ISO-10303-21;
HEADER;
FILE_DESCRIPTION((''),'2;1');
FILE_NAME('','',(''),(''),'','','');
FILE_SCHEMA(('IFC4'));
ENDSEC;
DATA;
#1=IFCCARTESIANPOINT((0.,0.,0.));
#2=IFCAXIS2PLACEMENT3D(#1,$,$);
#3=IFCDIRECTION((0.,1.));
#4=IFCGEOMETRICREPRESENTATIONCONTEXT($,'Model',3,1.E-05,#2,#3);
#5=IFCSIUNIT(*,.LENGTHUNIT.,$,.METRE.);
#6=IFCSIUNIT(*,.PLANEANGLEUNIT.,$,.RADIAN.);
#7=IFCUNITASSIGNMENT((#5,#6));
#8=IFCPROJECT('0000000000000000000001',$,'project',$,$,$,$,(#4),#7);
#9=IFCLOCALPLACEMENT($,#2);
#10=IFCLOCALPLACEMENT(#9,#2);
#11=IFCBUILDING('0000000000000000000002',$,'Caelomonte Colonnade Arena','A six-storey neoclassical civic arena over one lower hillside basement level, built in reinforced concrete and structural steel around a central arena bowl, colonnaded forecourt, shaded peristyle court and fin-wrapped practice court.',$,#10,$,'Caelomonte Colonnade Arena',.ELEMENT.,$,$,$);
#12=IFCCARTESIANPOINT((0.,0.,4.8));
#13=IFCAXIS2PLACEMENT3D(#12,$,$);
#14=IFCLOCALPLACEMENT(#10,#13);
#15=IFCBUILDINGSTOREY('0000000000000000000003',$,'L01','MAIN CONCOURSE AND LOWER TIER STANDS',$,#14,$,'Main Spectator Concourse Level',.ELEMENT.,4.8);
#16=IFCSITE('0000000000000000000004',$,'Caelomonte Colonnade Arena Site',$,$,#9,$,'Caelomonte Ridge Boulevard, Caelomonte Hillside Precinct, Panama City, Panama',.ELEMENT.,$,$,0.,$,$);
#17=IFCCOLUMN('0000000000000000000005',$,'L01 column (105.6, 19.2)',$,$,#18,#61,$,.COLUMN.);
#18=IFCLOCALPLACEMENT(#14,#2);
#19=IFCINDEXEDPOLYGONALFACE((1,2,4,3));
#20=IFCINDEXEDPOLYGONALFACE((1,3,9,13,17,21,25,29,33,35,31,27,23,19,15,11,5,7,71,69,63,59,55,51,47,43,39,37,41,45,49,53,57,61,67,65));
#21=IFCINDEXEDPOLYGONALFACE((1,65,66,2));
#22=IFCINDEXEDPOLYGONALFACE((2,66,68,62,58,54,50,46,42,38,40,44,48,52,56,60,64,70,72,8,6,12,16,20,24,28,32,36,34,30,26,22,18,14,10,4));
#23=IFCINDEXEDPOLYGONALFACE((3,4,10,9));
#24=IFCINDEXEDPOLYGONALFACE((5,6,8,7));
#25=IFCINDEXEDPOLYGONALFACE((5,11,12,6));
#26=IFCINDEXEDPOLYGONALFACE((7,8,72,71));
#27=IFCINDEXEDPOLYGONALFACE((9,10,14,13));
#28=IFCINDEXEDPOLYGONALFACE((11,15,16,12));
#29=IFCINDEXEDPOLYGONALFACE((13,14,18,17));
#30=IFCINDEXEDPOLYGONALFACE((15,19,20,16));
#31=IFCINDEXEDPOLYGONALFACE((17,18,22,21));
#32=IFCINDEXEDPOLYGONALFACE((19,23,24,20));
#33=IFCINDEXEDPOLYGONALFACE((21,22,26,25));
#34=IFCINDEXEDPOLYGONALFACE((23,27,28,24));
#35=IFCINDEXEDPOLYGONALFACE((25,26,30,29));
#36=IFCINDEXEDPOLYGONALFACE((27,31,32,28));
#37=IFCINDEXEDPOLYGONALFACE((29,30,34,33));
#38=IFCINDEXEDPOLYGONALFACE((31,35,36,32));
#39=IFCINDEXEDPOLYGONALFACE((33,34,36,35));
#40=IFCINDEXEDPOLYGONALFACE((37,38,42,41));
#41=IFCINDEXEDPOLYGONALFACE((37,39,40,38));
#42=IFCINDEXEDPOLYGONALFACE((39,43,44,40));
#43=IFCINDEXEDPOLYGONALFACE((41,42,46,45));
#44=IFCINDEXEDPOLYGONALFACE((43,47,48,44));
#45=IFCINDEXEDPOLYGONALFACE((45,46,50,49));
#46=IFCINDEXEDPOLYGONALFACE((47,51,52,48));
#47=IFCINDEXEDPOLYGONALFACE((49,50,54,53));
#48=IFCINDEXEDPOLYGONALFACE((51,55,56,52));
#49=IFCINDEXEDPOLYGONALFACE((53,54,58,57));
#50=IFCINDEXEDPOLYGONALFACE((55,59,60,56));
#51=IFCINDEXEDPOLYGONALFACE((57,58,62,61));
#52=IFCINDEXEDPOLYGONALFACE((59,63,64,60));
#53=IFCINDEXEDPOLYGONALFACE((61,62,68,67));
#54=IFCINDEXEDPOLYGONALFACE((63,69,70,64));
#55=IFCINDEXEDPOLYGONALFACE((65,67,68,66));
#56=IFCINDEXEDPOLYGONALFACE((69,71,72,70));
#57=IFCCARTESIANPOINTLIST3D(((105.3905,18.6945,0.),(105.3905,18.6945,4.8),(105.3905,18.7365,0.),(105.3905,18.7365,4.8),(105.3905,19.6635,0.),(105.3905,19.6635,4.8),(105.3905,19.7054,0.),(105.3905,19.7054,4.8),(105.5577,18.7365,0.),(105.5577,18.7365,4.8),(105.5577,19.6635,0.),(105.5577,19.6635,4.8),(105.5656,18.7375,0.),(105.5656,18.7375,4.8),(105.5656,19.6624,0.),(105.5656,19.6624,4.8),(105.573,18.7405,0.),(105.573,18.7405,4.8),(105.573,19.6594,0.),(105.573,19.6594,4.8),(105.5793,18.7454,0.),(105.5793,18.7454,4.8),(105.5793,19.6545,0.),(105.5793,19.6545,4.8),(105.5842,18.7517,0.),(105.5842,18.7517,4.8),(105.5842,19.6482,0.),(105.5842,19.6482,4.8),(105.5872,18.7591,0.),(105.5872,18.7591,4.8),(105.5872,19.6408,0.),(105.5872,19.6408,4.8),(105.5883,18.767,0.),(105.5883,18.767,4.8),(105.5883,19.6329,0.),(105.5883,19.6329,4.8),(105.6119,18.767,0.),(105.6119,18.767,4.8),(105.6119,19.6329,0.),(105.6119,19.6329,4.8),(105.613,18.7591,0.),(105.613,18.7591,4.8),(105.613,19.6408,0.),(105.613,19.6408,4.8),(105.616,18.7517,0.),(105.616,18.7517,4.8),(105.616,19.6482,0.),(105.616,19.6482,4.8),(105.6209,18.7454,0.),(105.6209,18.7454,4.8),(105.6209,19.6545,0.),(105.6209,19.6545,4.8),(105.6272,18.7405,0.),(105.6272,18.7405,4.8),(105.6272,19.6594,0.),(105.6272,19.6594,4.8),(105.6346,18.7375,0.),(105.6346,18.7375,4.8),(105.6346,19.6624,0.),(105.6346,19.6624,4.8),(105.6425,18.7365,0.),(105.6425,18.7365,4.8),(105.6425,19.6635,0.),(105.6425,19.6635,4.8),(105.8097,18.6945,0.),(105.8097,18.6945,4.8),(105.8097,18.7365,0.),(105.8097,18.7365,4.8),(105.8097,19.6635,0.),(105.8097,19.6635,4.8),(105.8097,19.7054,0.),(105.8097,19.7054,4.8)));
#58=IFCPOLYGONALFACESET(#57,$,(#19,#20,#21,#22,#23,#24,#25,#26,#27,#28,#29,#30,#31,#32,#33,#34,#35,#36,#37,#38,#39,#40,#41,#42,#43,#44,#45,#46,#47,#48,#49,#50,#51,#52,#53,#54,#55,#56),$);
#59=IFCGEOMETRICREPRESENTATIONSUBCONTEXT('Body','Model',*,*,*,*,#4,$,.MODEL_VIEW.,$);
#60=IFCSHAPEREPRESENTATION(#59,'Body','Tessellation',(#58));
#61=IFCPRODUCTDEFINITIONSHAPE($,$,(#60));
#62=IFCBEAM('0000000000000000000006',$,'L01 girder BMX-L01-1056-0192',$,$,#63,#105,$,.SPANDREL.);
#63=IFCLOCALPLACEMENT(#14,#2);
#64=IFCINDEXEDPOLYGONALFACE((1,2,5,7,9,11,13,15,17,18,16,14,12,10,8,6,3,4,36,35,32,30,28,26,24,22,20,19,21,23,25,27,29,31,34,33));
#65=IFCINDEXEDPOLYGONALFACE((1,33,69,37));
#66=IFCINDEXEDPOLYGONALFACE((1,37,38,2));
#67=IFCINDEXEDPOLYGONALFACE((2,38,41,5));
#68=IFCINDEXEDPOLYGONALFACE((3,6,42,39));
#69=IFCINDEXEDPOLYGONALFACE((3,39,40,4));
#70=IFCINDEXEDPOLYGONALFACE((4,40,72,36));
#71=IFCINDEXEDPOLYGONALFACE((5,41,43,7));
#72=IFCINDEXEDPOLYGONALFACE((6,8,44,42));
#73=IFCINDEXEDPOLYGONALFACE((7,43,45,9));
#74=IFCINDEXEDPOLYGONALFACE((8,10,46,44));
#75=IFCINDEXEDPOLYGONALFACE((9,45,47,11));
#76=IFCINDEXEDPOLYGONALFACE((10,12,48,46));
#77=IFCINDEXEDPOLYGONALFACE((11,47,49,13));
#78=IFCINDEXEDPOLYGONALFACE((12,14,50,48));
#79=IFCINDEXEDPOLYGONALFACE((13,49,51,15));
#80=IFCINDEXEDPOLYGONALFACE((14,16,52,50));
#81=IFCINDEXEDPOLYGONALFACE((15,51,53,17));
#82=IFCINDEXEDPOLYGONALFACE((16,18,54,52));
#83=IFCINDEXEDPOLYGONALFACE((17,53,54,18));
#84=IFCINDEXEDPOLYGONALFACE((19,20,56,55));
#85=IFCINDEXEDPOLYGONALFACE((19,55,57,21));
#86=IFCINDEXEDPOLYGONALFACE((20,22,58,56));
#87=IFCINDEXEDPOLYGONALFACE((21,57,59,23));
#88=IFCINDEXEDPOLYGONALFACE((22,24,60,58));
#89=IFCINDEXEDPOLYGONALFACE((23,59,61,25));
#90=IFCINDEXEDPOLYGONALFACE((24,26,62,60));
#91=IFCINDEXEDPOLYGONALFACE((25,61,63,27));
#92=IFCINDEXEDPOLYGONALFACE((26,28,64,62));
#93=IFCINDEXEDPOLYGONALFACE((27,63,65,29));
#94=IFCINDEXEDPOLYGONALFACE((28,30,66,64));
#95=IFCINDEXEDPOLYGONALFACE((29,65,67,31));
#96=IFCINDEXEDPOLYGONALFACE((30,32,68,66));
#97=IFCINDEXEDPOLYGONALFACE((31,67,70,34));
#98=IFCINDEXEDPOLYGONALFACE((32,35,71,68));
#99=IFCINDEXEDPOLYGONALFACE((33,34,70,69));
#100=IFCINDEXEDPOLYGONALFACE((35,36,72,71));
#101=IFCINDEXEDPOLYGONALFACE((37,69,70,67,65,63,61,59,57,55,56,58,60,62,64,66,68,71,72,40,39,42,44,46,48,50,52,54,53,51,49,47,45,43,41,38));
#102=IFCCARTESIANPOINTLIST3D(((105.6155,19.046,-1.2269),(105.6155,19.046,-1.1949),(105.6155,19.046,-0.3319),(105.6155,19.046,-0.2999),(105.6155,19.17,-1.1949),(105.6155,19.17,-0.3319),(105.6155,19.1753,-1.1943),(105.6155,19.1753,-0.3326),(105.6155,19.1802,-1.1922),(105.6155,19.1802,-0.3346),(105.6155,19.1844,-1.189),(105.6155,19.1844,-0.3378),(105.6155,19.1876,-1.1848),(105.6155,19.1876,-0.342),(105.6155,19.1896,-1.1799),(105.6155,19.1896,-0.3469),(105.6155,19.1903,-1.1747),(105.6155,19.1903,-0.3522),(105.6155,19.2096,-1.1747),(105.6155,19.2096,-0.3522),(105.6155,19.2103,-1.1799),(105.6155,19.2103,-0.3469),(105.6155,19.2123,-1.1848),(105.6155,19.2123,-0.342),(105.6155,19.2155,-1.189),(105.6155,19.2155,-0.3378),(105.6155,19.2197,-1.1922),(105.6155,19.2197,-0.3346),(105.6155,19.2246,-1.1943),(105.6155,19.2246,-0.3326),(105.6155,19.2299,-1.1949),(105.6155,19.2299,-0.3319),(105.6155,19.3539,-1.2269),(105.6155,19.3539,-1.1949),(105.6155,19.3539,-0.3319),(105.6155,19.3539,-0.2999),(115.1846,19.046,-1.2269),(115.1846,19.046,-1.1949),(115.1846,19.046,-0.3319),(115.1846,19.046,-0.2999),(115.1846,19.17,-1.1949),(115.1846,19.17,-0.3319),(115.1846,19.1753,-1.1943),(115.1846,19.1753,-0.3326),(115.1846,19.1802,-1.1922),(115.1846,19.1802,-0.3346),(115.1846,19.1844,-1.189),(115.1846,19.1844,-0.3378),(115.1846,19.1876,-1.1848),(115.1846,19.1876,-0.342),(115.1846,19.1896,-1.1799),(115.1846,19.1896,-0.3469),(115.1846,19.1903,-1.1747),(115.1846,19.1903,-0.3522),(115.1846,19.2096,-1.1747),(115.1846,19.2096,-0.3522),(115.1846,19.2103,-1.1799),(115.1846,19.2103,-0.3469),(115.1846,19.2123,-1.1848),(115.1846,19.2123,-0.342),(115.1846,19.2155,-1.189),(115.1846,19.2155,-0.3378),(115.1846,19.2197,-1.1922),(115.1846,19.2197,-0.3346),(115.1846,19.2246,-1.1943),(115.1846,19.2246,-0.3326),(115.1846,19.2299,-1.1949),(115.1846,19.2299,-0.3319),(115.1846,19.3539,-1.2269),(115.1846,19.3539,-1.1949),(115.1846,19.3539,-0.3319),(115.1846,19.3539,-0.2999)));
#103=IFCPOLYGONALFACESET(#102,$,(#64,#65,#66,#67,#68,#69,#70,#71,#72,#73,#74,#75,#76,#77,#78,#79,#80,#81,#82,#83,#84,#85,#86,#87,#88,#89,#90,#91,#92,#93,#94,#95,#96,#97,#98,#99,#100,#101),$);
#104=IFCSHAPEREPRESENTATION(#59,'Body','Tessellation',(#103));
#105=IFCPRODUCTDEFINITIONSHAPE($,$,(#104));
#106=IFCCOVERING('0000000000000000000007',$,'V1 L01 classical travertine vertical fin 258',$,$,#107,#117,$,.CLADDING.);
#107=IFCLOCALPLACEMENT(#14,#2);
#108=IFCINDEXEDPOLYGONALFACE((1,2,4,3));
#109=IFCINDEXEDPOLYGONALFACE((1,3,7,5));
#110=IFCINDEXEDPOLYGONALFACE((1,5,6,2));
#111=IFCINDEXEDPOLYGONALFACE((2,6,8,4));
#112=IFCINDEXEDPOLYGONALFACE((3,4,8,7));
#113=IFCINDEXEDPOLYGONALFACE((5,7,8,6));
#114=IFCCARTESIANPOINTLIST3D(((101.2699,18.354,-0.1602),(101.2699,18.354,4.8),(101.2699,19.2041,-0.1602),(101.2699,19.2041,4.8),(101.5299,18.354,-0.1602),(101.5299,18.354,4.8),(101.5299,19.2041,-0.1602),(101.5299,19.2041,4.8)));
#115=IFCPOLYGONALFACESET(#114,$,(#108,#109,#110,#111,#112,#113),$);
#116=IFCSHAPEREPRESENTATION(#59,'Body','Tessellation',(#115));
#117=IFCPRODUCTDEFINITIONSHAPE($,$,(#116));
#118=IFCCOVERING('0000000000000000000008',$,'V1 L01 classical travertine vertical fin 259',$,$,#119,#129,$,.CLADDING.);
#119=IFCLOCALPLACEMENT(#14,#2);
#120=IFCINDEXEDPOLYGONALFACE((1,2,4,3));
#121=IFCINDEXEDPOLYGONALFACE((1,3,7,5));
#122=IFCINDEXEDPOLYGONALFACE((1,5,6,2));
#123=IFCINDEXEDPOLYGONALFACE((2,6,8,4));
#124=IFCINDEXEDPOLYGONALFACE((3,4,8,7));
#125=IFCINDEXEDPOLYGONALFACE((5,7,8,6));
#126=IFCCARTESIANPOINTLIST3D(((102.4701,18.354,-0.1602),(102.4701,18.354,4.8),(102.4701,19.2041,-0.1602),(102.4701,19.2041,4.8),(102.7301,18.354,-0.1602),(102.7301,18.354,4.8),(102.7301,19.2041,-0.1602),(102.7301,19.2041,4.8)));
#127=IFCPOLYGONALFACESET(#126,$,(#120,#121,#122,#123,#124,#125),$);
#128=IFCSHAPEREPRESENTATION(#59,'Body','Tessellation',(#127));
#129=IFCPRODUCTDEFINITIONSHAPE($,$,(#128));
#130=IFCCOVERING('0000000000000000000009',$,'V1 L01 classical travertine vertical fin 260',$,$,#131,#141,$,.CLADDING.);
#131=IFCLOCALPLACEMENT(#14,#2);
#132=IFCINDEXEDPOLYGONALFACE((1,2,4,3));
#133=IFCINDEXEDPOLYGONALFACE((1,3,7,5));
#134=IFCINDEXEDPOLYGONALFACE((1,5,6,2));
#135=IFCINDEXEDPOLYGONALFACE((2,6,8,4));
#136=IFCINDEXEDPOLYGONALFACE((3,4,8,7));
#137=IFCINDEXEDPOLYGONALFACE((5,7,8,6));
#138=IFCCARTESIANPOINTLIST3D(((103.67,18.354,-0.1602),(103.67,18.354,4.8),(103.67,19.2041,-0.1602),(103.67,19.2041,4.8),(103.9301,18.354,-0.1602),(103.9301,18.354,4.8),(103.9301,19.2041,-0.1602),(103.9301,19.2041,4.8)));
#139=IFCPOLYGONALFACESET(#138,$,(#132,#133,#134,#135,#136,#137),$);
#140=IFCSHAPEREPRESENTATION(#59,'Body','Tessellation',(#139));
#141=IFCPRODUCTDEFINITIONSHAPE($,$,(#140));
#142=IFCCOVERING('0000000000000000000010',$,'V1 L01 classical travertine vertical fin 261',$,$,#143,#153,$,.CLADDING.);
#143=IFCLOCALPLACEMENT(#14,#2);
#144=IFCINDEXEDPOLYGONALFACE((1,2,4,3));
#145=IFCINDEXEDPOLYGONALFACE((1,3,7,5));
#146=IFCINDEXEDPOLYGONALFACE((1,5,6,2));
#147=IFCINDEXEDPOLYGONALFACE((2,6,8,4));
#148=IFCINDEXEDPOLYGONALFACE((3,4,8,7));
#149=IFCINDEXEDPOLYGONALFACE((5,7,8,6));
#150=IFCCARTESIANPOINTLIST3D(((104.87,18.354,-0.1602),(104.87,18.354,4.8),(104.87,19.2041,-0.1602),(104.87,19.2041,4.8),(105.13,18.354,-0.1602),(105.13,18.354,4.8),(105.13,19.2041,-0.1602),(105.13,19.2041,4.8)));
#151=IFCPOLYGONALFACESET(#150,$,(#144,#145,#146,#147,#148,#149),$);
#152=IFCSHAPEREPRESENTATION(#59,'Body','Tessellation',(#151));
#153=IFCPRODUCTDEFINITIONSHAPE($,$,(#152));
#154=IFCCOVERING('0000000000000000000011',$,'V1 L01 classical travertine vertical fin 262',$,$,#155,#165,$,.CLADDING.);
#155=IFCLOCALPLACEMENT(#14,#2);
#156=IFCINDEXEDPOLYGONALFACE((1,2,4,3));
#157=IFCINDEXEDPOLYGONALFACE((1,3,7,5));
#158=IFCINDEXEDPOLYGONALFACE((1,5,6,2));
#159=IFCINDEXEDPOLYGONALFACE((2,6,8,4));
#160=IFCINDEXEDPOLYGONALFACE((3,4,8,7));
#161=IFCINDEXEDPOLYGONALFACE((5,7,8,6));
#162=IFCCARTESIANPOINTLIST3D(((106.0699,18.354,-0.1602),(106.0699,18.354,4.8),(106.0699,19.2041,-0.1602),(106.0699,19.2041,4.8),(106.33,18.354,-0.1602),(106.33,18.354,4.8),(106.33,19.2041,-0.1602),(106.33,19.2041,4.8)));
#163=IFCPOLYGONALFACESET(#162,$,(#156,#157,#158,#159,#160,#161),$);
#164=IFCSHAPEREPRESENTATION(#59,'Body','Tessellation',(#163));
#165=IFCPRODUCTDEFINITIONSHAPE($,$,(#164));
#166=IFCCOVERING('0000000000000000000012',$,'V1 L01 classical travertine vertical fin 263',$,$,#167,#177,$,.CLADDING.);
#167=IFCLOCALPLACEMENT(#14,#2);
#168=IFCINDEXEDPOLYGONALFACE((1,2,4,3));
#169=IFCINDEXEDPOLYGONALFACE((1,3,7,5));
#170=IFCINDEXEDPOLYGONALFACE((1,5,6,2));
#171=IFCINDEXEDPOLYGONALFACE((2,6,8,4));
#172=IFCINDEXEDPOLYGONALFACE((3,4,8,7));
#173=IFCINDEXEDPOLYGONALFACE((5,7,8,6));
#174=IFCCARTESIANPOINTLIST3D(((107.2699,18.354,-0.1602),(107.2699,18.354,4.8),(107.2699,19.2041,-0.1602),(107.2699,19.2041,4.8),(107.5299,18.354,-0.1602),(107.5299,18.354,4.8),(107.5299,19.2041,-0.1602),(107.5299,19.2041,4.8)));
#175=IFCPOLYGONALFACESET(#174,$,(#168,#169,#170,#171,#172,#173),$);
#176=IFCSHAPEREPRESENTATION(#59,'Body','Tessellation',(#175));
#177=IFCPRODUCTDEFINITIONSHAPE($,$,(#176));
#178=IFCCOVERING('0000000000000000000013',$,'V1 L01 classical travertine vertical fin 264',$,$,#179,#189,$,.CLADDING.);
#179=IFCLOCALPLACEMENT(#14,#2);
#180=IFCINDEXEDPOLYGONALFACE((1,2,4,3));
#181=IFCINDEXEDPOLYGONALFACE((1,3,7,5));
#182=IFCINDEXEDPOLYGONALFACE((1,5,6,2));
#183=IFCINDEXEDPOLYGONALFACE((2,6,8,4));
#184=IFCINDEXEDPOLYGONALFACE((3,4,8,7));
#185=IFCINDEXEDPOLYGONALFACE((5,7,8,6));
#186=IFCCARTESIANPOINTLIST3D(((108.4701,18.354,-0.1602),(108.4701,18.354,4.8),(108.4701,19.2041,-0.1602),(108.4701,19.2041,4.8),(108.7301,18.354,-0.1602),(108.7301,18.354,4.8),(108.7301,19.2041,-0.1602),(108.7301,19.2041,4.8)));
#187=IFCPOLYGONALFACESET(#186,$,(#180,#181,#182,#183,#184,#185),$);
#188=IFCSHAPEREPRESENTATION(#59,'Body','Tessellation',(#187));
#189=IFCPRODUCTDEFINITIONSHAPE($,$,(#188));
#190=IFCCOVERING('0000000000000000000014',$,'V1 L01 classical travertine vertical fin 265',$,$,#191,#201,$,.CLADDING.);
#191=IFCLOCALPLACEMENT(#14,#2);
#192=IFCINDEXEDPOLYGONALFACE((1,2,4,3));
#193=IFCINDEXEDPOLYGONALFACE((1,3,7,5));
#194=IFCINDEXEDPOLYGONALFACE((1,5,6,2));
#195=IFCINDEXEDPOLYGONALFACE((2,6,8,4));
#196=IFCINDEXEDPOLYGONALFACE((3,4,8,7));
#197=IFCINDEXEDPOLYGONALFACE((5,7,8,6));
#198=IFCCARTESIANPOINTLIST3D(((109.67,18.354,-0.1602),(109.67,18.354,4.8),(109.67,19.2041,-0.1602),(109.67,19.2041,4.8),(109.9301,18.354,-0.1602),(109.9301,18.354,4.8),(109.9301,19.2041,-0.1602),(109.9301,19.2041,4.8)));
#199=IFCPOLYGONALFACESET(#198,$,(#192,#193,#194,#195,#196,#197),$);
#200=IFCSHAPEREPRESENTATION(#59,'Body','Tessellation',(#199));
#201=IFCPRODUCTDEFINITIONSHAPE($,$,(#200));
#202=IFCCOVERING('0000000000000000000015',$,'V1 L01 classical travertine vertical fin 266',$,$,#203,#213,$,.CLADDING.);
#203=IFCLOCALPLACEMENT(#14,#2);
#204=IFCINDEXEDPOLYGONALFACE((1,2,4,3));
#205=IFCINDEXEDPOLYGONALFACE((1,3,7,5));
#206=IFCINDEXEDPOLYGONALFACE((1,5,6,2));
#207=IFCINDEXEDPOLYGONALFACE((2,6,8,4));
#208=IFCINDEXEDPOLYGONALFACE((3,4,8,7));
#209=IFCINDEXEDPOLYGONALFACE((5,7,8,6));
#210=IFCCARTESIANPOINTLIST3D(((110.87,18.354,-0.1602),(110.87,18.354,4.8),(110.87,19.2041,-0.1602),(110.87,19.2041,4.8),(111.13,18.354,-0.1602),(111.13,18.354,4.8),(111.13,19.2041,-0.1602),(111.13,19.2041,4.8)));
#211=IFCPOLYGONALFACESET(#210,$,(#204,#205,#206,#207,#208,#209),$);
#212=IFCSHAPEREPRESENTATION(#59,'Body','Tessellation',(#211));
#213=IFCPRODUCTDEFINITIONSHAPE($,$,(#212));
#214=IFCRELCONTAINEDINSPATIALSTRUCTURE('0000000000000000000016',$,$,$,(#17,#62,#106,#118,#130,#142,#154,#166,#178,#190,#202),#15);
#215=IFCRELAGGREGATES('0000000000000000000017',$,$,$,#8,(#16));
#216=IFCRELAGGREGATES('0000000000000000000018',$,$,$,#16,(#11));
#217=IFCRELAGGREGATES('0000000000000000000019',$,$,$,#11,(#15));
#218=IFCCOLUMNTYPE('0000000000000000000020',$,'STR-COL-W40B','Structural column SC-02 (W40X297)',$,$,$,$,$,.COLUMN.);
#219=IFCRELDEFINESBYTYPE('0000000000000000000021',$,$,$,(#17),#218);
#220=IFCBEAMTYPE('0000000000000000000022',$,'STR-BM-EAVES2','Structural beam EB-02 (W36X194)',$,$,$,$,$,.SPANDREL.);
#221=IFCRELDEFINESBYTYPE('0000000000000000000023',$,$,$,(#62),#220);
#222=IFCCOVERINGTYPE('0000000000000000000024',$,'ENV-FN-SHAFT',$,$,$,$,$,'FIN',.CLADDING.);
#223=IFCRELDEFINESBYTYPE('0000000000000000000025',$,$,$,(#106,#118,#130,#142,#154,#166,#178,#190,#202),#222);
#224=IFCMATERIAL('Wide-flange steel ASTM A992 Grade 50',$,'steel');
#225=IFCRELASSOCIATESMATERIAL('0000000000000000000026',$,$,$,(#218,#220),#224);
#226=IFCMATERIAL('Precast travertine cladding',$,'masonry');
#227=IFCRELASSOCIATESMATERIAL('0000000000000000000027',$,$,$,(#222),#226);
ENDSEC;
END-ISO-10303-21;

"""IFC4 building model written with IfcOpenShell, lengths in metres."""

from ifc_helpers import new_model, si_unit, direction, frame, origin, origin_2d, place, context, subcontext, project, spatial, rectangle, i_section, extrude, material, material_profile, profile_set, type_object, element, save


model = new_model("IFC4")

# Units and contexts
model_context = context("Model", 3, precision=1e-05, world=origin(), true_north=direction((0.0, 1.0)))
body_context = subcontext(model_context, "Body", "Model", "MODEL_VIEW")
ifc_project = project(units=[si_unit("LENGTHUNIT", "METRE"), si_unit("PLANEANGLEUNIT", "RADIAN")], contexts=[model_context])

# Site, building, storey
site_placement = place(None, origin())
site = spatial("IfcSite", under=ifc_project, at=site_placement, Name="Caelomonte Colonnade Arena Site", LongName="Caelomonte Ridge Boulevard, Caelomonte Hillside Precinct, Panama City, Panama", CompositionType="ELEMENT", RefElevation=0.0)
building_placement = place(site_placement, origin())
building = spatial("IfcBuilding", under=site, at=building_placement, Name="Caelomonte Colonnade Arena", Description="A six-storey neoclassical civic arena over one lower hillside basement level, built in reinforced concrete and structural steel around a central arena bowl, colonnaded forecourt, shaded peristyle court and fin-wrapped practice court.", LongName="Caelomonte Colonnade Arena", CompositionType="ELEMENT")
storey_placement = place(building_placement, frame((0.0, 0.0, 4.8)))
storey = spatial("IfcBuildingStorey", under=building, at=storey_placement, Name="L01", Description="MAIN CONCOURSE AND LOWER TIER STANDS", LongName="Main Spectator Concourse Level", CompositionType="ELEMENT", Elevation=4.8)

# Column
ifc_material_1 = material(Name="Wide-flange steel ASTM A992 Grade 50", Category="steel")
ifc_material_profile_1 = material_profile(ifc_material_1, i_section(OverallWidth=0.4192, OverallDepth=1.011, WebThickness=0.0237, FlangeThickness=0.042, FilletRadius=0.0305, at=origin_2d()), Name="W40X297")
ifc_profile_set_1 = profile_set([ifc_material_profile_1], Name="Wide-flange steel ASTM A992 Grade 50")
column_type = type_object("IfcColumnType", Name="STR-COL-W40B", Description="Structural column SC-02 (W40X297)", PredefinedType="COLUMN", material=ifc_profile_set_1)
column_placement = place(storey_placement, frame((105.6001, 19.2, 0.0), z_axis=(0.0, 0.0, 1.0), x_axis=(1.0, 0.0, 0.0)))
element("IfcColumn", 1, at=column_placement, inside=storey, type_object=column_type, Name="L01 column (105.6, 19.2)", PredefinedType="COLUMN", context=body_context, shape_type="SweptSolid", body=[
    extrude(i_section(OverallWidth=0.4192, OverallDepth=1.011, WebThickness=0.0237, FlangeThickness=0.042, FilletRadius=0.0305, at=origin_2d()), origin(), (0.0, 0.0, 1.0), 4.8),
])

# Beam
ifc_material_profile_2 = material_profile(ifc_material_1, i_section(OverallWidth=0.3079, OverallDepth=0.927, WebThickness=0.0193, FlangeThickness=0.032, FilletRadius=0.0203, at=origin_2d()), Name="W36X194")
ifc_profile_set_2 = profile_set([ifc_material_profile_2], Name="Wide-flange steel ASTM A992 Grade 50")
beam_type = type_object("IfcBeamType", Name="STR-BM-EAVES2", Description="Structural beam EB-02 (W36X194)", PredefinedType="SPANDREL", material=ifc_profile_set_2)
beam_placement = place(storey_placement, frame((105.6155, 19.2, -0.7634), z_axis=(1.0, 0.0, 0.0), x_axis=(0.0, 1.0, 0.0)))
element("IfcBeam", 2, at=beam_placement, inside=storey, type_object=beam_type, Name="L01 girder BMX-L01-1056-0192", PredefinedType="SPANDREL", context=body_context, shape_type="SweptSolid", body=[
    extrude(i_section(OverallWidth=0.3079, OverallDepth=0.927, WebThickness=0.0193, FlangeThickness=0.032, FilletRadius=0.0203, at=origin_2d()), origin(), (0.0, 0.0, 1.0), 9.5691),
])

# Coverings
ifc_material_2 = material(Name="Precast travertine cladding", Category="masonry")
ifc_material_profile_3 = material_profile(ifc_material_2, rectangle(XDim=0.26, YDim=0.8501, at=origin_2d()), Name="FIN260X850")
ifc_profile_set_3 = profile_set([ifc_material_profile_3], Name="Precast travertine cladding")
covering_type = type_object("IfcCoveringType", Name="ENV-FN-SHAFT", ElementType="FIN", PredefinedType="CLADDING", material=ifc_profile_set_3)
for number, where, z_axis, x_axis, name in (
    (3, (101.3999, 18.7791, -0.1602), (0.0, 0.0, 1.0), (-1.0, 0.0, 0.0), "V1 L01 classical travertine vertical fin 258"),
    (4, (102.6001, 18.7791, -0.1602), (0.0, 0.0, 1.0), (-1.0, 0.0, 0.0), "V1 L01 classical travertine vertical fin 259"),
    (5, (103.8, 18.7791, -0.1602), (0.0, 0.0, 1.0), (-1.0, 0.0, 0.0), "V1 L01 classical travertine vertical fin 260"),
    (6, (105.0, 18.7791, -0.1602), (0.0, 0.0, 1.0), (-1.0, 0.0, 0.0), "V1 L01 classical travertine vertical fin 261"),
    (7, (106.2, 18.7791, -0.1602), (0.0, 0.0, 1.0), (-1.0, 0.0, 0.0), "V1 L01 classical travertine vertical fin 262"),
    (8, (107.3999, 18.7791, -0.1602), (0.0, 0.0, 1.0), (-1.0, 0.0, 0.0), "V1 L01 classical travertine vertical fin 263"),
    (9, (108.6001, 18.7791, -0.1602), (0.0, 0.0, 1.0), (-1.0, 0.0, 0.0), "V1 L01 classical travertine vertical fin 264"),
    (10, (109.8, 18.7791, -0.1602), (0.0, 0.0, 1.0), (-1.0, 0.0, 0.0), "V1 L01 classical travertine vertical fin 265"),
    (11, (111.0, 18.7791, -0.1602), (0.0, 0.0, 1.0), (-1.0, 0.0, 0.0), "V1 L01 classical travertine vertical fin 266"),
):
    element("IfcCovering", number, at=place(storey_placement, frame(where, z_axis=z_axis, x_axis=x_axis)), inside=storey, type_object=covering_type, Name=name, PredefinedType="CLADDING", context=body_context, shape_type="SweptSolid", body=[
        extrude(rectangle(XDim=0.26, YDim=0.8501, at=origin_2d()), origin(), (0.0, 0.0, 1.0), 4.9602),
    ])

save(model, "model.ifc")
